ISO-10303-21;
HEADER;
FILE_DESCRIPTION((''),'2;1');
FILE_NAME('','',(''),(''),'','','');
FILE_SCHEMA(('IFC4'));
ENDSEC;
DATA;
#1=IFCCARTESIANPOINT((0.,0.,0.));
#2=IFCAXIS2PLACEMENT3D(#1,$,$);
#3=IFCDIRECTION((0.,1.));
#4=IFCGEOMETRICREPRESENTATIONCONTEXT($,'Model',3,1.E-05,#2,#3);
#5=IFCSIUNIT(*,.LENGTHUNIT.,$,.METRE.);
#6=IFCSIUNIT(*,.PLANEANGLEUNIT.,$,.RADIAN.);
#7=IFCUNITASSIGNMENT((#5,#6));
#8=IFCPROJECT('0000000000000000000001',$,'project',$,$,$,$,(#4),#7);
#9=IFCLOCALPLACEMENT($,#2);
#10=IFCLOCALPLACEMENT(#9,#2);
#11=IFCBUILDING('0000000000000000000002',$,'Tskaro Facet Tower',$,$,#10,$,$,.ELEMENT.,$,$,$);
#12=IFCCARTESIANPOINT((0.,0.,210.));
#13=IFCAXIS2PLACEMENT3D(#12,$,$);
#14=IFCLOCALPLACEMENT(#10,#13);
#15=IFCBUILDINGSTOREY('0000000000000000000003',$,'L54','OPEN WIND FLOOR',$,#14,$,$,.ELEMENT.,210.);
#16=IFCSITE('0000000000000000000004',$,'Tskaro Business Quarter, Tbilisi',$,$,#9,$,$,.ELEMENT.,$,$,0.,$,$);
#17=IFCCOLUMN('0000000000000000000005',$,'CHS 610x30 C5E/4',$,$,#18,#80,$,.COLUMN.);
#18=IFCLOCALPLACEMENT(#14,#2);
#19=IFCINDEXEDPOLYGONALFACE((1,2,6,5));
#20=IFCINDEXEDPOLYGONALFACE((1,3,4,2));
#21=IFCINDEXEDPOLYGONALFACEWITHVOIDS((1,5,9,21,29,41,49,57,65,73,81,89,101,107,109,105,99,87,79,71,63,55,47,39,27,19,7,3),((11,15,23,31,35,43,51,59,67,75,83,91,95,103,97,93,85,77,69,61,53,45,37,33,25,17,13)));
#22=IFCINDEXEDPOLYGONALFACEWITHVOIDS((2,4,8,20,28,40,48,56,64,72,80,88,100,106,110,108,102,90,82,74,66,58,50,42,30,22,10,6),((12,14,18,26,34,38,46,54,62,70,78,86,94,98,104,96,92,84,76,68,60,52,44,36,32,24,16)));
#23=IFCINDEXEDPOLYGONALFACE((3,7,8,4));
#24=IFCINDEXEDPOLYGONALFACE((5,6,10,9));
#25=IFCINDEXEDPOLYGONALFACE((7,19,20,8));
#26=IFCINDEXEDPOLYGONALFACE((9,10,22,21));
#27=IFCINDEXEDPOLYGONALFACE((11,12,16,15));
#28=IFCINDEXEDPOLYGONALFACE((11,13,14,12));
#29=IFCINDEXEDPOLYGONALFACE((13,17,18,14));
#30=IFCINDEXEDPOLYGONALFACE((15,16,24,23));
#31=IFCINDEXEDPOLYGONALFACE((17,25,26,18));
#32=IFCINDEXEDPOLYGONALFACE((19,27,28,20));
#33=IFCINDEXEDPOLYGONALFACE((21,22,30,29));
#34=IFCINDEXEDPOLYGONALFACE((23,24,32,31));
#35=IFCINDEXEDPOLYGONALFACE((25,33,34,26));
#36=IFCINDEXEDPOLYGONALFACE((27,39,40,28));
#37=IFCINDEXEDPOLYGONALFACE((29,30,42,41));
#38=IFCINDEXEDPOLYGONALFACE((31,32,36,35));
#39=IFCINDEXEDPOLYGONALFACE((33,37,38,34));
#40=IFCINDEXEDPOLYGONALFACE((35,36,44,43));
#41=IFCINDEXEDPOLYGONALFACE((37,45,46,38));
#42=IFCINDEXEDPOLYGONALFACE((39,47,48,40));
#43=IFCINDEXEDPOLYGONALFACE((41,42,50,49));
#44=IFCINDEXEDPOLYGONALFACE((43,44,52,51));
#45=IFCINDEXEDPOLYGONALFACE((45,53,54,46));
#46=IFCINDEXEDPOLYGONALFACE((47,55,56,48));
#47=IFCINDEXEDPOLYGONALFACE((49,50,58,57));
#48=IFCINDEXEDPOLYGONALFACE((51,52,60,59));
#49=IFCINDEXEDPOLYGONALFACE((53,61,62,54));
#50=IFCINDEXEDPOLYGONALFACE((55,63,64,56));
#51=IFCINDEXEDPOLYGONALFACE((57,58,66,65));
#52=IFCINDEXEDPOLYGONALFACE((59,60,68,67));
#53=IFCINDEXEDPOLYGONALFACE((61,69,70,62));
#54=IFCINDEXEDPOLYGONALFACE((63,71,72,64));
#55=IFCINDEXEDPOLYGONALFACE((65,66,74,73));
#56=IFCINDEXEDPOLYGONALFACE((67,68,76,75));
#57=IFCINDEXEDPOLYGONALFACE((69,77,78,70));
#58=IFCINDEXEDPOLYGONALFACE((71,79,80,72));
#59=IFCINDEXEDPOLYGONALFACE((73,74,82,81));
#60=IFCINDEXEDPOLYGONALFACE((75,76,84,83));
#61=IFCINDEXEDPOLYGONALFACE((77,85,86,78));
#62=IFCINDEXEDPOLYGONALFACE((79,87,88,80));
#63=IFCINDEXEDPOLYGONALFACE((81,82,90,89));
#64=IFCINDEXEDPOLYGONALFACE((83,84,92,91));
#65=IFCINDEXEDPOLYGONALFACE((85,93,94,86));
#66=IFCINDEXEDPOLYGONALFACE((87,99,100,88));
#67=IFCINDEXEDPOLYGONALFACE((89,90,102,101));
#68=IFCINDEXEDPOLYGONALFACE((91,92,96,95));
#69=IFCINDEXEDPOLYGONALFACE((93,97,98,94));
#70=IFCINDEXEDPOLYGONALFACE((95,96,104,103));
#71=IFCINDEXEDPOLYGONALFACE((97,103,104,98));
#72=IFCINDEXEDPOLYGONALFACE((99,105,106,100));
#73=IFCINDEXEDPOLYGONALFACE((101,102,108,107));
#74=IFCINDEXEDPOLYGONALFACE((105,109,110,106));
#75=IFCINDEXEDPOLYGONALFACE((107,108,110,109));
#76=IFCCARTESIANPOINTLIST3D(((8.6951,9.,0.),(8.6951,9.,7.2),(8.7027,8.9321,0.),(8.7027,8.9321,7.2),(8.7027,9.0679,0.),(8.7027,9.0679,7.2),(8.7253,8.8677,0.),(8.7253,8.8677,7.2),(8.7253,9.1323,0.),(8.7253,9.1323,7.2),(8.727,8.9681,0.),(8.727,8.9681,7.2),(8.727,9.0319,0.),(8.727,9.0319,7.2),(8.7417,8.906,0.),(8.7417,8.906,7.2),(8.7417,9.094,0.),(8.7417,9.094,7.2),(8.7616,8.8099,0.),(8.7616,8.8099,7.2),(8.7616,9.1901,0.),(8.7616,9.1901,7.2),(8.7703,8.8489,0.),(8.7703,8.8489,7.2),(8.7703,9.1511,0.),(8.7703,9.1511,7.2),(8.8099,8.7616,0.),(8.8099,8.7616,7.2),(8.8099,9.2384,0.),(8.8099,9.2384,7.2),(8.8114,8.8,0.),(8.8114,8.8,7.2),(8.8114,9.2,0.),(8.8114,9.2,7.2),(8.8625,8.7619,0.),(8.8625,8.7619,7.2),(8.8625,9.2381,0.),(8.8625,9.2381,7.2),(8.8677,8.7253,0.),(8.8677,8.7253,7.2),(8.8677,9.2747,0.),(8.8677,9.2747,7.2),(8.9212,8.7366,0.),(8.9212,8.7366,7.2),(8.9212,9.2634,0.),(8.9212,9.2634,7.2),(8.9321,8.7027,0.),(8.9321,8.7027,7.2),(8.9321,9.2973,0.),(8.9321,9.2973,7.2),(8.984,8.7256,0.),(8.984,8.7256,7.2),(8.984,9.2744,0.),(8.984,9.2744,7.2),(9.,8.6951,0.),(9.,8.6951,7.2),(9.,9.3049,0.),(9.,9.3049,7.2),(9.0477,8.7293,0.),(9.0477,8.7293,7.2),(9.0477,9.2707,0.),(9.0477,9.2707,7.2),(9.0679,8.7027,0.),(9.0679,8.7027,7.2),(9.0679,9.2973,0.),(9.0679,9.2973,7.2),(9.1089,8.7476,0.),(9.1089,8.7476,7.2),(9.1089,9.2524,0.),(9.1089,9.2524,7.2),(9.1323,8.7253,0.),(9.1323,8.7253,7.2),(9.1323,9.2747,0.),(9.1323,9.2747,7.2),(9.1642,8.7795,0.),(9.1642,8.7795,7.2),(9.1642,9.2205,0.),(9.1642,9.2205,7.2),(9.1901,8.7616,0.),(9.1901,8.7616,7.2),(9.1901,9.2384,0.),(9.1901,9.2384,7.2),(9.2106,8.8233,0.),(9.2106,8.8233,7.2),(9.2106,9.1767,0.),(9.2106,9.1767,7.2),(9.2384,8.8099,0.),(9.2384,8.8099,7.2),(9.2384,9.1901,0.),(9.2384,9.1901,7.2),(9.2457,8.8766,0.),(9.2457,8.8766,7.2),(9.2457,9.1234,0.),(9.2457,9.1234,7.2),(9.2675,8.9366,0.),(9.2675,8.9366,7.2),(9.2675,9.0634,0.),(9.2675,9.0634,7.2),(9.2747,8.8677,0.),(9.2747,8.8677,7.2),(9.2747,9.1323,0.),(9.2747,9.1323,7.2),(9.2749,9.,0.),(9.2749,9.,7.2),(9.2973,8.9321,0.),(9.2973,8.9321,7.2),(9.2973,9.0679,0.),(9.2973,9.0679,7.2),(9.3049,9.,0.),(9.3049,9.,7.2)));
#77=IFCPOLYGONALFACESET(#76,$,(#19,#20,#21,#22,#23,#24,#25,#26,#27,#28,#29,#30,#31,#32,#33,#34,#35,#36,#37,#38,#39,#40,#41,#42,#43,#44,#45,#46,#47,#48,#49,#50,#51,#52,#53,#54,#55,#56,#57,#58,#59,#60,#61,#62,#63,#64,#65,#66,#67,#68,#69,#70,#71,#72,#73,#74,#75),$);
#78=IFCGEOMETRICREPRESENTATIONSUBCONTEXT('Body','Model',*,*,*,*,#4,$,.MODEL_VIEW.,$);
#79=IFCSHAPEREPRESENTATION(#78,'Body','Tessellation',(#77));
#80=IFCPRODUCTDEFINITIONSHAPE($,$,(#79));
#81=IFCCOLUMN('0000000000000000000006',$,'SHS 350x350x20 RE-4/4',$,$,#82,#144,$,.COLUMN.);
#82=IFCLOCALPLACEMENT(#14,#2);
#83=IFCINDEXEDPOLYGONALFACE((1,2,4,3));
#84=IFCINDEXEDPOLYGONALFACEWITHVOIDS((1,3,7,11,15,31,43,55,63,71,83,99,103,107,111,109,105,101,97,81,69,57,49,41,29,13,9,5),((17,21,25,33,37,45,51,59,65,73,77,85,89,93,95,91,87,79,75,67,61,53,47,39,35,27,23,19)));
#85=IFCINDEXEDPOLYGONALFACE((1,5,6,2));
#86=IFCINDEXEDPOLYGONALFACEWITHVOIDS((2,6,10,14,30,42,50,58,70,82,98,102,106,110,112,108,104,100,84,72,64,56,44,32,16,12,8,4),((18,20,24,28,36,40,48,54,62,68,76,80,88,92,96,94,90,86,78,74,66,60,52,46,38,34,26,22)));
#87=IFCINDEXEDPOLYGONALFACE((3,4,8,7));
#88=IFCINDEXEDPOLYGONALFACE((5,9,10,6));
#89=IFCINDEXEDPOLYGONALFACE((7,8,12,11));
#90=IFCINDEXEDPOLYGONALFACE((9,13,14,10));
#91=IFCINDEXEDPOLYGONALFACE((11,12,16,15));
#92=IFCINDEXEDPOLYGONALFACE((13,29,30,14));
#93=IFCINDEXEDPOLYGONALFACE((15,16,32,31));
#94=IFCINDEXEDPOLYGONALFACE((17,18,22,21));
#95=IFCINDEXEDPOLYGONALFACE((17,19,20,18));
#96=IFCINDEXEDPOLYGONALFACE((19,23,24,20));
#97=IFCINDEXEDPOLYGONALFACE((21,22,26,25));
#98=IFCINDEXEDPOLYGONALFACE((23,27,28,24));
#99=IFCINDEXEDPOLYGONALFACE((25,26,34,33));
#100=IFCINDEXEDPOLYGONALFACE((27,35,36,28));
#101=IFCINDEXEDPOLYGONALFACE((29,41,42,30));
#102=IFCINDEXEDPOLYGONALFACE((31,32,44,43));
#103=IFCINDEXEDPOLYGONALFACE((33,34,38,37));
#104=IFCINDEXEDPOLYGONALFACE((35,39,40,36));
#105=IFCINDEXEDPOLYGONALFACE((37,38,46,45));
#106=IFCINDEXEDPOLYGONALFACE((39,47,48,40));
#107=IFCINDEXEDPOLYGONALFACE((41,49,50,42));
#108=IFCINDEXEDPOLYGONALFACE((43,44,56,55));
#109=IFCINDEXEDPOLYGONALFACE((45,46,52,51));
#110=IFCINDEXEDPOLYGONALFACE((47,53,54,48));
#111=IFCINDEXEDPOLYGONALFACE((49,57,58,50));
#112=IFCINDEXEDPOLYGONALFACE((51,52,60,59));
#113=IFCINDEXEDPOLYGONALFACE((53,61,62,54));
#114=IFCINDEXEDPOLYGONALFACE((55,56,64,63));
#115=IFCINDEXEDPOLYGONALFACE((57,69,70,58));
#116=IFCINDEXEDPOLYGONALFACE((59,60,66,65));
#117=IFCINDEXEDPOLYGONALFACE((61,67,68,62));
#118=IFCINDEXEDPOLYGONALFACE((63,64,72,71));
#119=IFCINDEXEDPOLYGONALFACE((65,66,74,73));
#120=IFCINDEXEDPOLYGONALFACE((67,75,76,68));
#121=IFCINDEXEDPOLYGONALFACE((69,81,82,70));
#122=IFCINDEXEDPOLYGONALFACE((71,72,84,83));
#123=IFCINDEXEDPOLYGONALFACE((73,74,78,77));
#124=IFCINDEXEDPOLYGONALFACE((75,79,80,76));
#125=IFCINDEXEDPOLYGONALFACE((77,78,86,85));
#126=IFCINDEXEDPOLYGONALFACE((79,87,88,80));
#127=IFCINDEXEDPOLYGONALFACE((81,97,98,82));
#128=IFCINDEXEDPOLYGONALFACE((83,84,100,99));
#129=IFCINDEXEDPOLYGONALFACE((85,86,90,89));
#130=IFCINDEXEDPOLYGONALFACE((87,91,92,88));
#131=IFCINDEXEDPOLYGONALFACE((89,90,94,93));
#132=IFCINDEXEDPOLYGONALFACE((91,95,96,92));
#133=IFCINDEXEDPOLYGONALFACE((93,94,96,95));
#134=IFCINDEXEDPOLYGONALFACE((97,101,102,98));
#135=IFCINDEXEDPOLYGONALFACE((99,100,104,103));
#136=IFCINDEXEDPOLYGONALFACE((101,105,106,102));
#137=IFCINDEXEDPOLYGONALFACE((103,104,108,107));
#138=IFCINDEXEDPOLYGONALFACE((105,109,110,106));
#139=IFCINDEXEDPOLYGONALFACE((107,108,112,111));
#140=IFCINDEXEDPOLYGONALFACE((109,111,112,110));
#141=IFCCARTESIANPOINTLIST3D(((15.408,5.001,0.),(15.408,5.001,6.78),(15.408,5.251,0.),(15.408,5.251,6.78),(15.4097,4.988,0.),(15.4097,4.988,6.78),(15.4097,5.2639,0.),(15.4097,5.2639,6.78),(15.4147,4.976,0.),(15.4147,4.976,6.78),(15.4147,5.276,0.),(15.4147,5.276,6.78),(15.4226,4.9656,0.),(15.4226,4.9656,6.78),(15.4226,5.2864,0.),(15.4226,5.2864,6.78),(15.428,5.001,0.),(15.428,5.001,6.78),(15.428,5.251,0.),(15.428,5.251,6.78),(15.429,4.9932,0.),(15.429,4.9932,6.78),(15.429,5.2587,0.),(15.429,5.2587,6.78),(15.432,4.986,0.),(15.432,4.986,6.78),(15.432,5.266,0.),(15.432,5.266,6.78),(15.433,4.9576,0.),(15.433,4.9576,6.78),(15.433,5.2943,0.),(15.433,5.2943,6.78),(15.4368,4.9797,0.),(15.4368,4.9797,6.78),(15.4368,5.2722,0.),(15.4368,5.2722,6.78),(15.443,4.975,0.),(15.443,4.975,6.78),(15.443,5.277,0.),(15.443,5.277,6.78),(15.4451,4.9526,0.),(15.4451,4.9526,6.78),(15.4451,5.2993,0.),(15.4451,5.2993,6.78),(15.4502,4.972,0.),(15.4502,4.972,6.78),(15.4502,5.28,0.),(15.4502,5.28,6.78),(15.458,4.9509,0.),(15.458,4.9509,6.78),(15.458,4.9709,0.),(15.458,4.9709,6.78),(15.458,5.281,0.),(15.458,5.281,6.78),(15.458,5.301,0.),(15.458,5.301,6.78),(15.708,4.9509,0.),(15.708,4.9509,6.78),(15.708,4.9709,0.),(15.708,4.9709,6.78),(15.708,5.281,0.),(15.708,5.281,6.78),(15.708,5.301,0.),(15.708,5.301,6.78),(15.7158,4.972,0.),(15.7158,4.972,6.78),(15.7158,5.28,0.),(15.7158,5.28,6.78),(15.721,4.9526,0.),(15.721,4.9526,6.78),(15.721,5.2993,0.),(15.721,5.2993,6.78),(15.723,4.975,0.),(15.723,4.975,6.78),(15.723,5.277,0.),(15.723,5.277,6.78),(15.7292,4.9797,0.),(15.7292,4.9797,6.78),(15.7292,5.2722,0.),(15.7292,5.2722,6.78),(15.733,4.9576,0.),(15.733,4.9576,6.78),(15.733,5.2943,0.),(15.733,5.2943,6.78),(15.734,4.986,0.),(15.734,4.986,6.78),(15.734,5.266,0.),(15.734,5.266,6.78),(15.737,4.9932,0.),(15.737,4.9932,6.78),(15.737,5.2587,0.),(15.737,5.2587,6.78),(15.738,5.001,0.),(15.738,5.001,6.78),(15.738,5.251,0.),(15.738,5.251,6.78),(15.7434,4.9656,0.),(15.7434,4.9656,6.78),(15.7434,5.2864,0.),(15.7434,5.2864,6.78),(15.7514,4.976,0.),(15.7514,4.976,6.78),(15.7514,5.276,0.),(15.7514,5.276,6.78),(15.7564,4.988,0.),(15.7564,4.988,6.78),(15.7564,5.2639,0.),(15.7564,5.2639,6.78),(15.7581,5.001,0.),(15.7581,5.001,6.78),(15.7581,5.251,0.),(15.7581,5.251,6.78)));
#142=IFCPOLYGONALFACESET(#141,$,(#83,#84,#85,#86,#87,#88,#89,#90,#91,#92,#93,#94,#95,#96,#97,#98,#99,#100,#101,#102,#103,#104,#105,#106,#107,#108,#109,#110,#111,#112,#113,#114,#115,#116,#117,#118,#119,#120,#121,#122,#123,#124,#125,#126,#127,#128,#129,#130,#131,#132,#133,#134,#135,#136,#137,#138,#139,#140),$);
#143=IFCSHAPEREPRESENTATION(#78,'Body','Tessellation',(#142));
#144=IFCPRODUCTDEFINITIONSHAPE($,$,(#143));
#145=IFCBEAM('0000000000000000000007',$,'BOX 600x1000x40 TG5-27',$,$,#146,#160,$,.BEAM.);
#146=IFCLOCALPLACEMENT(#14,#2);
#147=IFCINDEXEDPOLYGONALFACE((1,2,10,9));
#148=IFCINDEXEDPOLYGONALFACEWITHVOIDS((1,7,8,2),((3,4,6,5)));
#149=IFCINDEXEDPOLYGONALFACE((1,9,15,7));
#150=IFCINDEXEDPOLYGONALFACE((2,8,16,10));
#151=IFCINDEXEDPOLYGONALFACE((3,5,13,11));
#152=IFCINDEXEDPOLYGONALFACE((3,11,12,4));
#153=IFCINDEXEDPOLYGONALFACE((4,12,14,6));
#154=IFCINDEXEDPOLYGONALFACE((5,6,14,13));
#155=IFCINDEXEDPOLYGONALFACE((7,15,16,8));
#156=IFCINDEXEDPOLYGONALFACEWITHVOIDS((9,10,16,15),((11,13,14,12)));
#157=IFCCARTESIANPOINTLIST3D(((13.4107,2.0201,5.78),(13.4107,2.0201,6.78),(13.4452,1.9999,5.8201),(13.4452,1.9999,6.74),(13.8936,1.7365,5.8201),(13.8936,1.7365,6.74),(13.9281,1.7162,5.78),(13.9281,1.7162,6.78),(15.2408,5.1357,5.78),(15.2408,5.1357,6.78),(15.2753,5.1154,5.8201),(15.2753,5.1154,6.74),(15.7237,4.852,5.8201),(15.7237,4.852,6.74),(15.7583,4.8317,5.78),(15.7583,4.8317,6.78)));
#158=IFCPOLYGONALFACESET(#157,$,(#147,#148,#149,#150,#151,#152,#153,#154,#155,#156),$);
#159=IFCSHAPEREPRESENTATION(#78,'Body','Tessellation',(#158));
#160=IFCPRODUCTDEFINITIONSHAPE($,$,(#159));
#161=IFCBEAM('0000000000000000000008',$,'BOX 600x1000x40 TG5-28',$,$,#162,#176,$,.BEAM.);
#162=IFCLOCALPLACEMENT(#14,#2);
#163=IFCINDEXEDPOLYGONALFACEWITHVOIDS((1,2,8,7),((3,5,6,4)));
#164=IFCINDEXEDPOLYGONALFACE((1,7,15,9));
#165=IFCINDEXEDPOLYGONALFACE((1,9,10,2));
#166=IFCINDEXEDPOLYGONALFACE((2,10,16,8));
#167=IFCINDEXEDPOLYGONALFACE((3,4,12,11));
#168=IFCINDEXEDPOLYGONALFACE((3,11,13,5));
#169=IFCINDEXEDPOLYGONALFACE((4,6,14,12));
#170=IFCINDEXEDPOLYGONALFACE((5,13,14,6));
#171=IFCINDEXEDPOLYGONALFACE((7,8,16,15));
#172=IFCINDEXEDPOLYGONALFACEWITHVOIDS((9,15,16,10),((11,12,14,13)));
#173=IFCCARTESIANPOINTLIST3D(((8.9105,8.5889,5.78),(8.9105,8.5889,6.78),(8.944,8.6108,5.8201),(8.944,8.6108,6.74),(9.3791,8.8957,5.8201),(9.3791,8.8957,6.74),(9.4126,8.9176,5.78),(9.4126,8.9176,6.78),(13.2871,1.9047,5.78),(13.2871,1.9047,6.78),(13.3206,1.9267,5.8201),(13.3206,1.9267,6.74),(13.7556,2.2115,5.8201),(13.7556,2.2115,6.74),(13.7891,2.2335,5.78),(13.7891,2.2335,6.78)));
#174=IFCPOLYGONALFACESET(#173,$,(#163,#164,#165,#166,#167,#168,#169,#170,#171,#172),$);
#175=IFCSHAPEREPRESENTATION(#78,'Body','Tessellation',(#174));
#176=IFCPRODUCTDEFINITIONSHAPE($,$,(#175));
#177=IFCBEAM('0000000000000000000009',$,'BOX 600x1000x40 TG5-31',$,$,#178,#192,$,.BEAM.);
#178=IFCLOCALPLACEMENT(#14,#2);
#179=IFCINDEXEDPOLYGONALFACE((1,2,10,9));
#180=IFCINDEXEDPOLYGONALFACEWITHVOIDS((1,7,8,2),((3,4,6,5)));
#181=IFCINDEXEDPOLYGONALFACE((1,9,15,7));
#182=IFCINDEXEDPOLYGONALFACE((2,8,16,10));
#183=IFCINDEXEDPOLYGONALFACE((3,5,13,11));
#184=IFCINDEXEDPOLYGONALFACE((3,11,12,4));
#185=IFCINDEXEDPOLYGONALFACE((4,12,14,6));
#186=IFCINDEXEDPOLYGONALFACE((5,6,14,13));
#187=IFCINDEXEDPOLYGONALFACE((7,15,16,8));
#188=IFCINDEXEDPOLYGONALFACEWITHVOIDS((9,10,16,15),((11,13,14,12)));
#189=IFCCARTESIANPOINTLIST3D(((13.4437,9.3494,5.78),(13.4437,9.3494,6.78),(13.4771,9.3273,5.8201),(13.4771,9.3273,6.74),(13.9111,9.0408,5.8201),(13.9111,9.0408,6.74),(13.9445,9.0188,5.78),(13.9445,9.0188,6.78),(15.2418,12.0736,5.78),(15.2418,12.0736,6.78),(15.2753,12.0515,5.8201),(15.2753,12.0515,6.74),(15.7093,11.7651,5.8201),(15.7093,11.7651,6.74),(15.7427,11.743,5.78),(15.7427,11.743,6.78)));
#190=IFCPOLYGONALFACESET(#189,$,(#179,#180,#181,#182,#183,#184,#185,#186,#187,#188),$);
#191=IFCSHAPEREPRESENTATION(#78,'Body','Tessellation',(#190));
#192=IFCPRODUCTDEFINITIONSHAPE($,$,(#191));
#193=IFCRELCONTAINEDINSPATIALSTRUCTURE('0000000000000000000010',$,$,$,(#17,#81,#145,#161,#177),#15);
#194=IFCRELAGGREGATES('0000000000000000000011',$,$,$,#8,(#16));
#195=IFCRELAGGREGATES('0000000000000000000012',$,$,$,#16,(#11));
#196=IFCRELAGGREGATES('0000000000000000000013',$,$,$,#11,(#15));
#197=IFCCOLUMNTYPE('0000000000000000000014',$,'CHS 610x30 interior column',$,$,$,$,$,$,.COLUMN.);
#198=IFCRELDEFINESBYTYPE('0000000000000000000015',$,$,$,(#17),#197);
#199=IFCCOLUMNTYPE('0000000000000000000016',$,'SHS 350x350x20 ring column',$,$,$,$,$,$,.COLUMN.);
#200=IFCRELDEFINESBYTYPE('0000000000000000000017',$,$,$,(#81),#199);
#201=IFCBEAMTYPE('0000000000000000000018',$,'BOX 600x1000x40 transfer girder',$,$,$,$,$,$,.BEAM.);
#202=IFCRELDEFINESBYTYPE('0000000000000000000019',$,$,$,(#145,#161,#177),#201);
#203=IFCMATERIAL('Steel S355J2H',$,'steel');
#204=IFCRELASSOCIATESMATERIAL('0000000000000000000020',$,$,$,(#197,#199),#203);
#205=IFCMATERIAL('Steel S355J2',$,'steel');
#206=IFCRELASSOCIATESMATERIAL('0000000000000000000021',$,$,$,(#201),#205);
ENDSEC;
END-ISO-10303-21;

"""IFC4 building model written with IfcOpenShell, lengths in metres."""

from ifc_helpers import new_model, si_unit, direction, frame, origin, origin_2d, place, context, subcontext, project, spatial, hollow_rectangle, hollow_circle, extrude, material, material_profile, profile_set, type_object, element, save


model = new_model("IFC4")

# Units and contexts
model_context = context("Model", 3, precision=1e-05, world=origin(), true_north=direction((0.0, 1.0)))
body_context = subcontext(model_context, "Body", "Model", "MODEL_VIEW")
ifc_project = project(units=[si_unit("LENGTHUNIT", "METRE"), si_unit("PLANEANGLEUNIT", "RADIAN")], contexts=[model_context])

# Site, building, storey
site_placement = place(None, origin())
site = spatial("IfcSite", under=ifc_project, at=site_placement, Name="Tskaro Business Quarter, Tbilisi", CompositionType="ELEMENT", RefElevation=0.0)
building_placement = place(site_placement, origin())
building = spatial("IfcBuilding", under=site, at=building_placement, Name="Tskaro Facet Tower", CompositionType="ELEMENT")
storey_placement = place(building_placement, frame((0.0, 0.0, 210.0)))
storey = spatial("IfcBuildingStorey", under=building, at=storey_placement, Name="L54", Description="OPEN WIND FLOOR", CompositionType="ELEMENT", Elevation=210.0)

# Columns
ifc_material_1 = material(Name="Steel S355J2H", Category="steel")
ifc_material_profile_1 = material_profile(ifc_material_1, hollow_circle(Radius=0.3049, WallThickness=0.03, at=origin_2d()), Name="CHS 610x30")
ifc_profile_set_1 = profile_set([ifc_material_profile_1], Name="Steel S355J2H")
column_type_1 = type_object("IfcColumnType", Name="CHS 610x30 interior column", PredefinedType="COLUMN", material=ifc_profile_set_1)
column_1_placement = place(storey_placement, frame((9.0, 9.0, 0.0), z_axis=(0.0, 0.0, 1.0), x_axis=(1.0, 0.0, 0.0)))
element("IfcColumn", 1, at=column_1_placement, inside=storey, type_object=column_type_1, Name="CHS 610x30 C5E/4", PredefinedType="COLUMN", context=body_context, shape_type="SweptSolid", body=[
    extrude(hollow_circle(Radius=0.3049, WallThickness=0.03, at=origin_2d()), origin(), (0.0, 0.0, 1.0), 7.2),
])
ifc_material_profile_2 = material_profile(ifc_material_1, hollow_rectangle(XDim=0.3501, YDim=0.3501, WallThickness=0.02, InnerFilletRadius=0.03, OuterFilletRadius=0.05, at=origin_2d()), Name="SHS 350x350x20")
ifc_profile_set_2 = profile_set([ifc_material_profile_2], Name="Steel S355J2H")
column_type_2 = type_object("IfcColumnType", Name="SHS 350x350x20 ring column", PredefinedType="COLUMN", material=ifc_profile_set_2)
column_2_placement = place(storey_placement, frame((15.583, 5.126, 0.0), z_axis=(0.0, 0.0, 1.0), x_axis=(1.0, 0.0, 0.0)))
element("IfcColumn", 2, at=column_2_placement, inside=storey, type_object=column_type_2, Name="SHS 350x350x20 RE-4/4", PredefinedType="COLUMN", context=body_context, shape_type="SweptSolid", body=[
    extrude(hollow_rectangle(XDim=0.3501, YDim=0.3501, WallThickness=0.02, InnerFilletRadius=0.03, OuterFilletRadius=0.05, at=origin_2d()), origin(), (0.0, 0.0, 1.0), 6.78),
])

# Beams
ifc_material_2 = material(Name="Steel S355J2", Category="steel")
ifc_material_profile_3 = material_profile(ifc_material_2, hollow_rectangle(XDim=0.6001, YDim=1.0, WallThickness=0.04, at=origin_2d()), Name="BOX 600x1000x40")
ifc_profile_set_3 = profile_set([ifc_material_profile_3], Name="Steel S355J2")
beam_type_1 = type_object("IfcBeamType", Name="BOX 600x1000x40 transfer girder", PredefinedType="BEAM", material=ifc_profile_set_3)
beam_1_placement = place(storey_placement, frame((13.6694, 1.8682, 6.28), z_axis=(0.506494, 0.862243, 0.0), x_axis=(-0.862243, 0.506494, 0.0)))
element("IfcBeam", 3, at=beam_1_placement, inside=storey, type_object=beam_type_1, Name="BOX 600x1000x40 TG5-27", PredefinedType="BEAM", context=body_context, shape_type="SweptSolid", body=[
    extrude(hollow_rectangle(XDim=0.6001, YDim=1.0, WallThickness=0.04, at=origin_2d()), origin(), (0.0, 0.0, 1.0), 3.6133),
])
beam_2_placement = place(storey_placement, frame((13.5381, 2.0691, 6.28), z_axis=(-0.547784, 0.83662, 0.0), x_axis=(-0.83662, -0.547784, 0.0)))
element("IfcBeam", 4, at=beam_2_placement, inside=storey, type_object=beam_type_1, Name="BOX 600x1000x40 TG5-28", PredefinedType="BEAM", context=body_context, shape_type="SweptSolid", body=[
    extrude(hollow_rectangle(XDim=0.6001, YDim=1.0, WallThickness=0.04, at=origin_2d()), origin(), (0.0, 0.0, 1.0), 7.9895),
])
beam_3_placement = place(storey_placement, frame((13.6941, 9.1841, 6.28), z_axis=(0.55088, 0.834585, 0.0), x_axis=(-0.834585, 0.55088, 0.0)))
element("IfcBeam", 5, at=beam_3_placement, inside=storey, type_object=beam_type_1, Name="BOX 600x1000x40 TG5-31", PredefinedType="BEAM", context=body_context, shape_type="SweptSolid", body=[
    extrude(hollow_rectangle(XDim=0.6001, YDim=1.0, WallThickness=0.04, at=origin_2d()), origin(), (0.0, 0.0, 1.0), 3.2642),
])

save(model, "model.ifc")
